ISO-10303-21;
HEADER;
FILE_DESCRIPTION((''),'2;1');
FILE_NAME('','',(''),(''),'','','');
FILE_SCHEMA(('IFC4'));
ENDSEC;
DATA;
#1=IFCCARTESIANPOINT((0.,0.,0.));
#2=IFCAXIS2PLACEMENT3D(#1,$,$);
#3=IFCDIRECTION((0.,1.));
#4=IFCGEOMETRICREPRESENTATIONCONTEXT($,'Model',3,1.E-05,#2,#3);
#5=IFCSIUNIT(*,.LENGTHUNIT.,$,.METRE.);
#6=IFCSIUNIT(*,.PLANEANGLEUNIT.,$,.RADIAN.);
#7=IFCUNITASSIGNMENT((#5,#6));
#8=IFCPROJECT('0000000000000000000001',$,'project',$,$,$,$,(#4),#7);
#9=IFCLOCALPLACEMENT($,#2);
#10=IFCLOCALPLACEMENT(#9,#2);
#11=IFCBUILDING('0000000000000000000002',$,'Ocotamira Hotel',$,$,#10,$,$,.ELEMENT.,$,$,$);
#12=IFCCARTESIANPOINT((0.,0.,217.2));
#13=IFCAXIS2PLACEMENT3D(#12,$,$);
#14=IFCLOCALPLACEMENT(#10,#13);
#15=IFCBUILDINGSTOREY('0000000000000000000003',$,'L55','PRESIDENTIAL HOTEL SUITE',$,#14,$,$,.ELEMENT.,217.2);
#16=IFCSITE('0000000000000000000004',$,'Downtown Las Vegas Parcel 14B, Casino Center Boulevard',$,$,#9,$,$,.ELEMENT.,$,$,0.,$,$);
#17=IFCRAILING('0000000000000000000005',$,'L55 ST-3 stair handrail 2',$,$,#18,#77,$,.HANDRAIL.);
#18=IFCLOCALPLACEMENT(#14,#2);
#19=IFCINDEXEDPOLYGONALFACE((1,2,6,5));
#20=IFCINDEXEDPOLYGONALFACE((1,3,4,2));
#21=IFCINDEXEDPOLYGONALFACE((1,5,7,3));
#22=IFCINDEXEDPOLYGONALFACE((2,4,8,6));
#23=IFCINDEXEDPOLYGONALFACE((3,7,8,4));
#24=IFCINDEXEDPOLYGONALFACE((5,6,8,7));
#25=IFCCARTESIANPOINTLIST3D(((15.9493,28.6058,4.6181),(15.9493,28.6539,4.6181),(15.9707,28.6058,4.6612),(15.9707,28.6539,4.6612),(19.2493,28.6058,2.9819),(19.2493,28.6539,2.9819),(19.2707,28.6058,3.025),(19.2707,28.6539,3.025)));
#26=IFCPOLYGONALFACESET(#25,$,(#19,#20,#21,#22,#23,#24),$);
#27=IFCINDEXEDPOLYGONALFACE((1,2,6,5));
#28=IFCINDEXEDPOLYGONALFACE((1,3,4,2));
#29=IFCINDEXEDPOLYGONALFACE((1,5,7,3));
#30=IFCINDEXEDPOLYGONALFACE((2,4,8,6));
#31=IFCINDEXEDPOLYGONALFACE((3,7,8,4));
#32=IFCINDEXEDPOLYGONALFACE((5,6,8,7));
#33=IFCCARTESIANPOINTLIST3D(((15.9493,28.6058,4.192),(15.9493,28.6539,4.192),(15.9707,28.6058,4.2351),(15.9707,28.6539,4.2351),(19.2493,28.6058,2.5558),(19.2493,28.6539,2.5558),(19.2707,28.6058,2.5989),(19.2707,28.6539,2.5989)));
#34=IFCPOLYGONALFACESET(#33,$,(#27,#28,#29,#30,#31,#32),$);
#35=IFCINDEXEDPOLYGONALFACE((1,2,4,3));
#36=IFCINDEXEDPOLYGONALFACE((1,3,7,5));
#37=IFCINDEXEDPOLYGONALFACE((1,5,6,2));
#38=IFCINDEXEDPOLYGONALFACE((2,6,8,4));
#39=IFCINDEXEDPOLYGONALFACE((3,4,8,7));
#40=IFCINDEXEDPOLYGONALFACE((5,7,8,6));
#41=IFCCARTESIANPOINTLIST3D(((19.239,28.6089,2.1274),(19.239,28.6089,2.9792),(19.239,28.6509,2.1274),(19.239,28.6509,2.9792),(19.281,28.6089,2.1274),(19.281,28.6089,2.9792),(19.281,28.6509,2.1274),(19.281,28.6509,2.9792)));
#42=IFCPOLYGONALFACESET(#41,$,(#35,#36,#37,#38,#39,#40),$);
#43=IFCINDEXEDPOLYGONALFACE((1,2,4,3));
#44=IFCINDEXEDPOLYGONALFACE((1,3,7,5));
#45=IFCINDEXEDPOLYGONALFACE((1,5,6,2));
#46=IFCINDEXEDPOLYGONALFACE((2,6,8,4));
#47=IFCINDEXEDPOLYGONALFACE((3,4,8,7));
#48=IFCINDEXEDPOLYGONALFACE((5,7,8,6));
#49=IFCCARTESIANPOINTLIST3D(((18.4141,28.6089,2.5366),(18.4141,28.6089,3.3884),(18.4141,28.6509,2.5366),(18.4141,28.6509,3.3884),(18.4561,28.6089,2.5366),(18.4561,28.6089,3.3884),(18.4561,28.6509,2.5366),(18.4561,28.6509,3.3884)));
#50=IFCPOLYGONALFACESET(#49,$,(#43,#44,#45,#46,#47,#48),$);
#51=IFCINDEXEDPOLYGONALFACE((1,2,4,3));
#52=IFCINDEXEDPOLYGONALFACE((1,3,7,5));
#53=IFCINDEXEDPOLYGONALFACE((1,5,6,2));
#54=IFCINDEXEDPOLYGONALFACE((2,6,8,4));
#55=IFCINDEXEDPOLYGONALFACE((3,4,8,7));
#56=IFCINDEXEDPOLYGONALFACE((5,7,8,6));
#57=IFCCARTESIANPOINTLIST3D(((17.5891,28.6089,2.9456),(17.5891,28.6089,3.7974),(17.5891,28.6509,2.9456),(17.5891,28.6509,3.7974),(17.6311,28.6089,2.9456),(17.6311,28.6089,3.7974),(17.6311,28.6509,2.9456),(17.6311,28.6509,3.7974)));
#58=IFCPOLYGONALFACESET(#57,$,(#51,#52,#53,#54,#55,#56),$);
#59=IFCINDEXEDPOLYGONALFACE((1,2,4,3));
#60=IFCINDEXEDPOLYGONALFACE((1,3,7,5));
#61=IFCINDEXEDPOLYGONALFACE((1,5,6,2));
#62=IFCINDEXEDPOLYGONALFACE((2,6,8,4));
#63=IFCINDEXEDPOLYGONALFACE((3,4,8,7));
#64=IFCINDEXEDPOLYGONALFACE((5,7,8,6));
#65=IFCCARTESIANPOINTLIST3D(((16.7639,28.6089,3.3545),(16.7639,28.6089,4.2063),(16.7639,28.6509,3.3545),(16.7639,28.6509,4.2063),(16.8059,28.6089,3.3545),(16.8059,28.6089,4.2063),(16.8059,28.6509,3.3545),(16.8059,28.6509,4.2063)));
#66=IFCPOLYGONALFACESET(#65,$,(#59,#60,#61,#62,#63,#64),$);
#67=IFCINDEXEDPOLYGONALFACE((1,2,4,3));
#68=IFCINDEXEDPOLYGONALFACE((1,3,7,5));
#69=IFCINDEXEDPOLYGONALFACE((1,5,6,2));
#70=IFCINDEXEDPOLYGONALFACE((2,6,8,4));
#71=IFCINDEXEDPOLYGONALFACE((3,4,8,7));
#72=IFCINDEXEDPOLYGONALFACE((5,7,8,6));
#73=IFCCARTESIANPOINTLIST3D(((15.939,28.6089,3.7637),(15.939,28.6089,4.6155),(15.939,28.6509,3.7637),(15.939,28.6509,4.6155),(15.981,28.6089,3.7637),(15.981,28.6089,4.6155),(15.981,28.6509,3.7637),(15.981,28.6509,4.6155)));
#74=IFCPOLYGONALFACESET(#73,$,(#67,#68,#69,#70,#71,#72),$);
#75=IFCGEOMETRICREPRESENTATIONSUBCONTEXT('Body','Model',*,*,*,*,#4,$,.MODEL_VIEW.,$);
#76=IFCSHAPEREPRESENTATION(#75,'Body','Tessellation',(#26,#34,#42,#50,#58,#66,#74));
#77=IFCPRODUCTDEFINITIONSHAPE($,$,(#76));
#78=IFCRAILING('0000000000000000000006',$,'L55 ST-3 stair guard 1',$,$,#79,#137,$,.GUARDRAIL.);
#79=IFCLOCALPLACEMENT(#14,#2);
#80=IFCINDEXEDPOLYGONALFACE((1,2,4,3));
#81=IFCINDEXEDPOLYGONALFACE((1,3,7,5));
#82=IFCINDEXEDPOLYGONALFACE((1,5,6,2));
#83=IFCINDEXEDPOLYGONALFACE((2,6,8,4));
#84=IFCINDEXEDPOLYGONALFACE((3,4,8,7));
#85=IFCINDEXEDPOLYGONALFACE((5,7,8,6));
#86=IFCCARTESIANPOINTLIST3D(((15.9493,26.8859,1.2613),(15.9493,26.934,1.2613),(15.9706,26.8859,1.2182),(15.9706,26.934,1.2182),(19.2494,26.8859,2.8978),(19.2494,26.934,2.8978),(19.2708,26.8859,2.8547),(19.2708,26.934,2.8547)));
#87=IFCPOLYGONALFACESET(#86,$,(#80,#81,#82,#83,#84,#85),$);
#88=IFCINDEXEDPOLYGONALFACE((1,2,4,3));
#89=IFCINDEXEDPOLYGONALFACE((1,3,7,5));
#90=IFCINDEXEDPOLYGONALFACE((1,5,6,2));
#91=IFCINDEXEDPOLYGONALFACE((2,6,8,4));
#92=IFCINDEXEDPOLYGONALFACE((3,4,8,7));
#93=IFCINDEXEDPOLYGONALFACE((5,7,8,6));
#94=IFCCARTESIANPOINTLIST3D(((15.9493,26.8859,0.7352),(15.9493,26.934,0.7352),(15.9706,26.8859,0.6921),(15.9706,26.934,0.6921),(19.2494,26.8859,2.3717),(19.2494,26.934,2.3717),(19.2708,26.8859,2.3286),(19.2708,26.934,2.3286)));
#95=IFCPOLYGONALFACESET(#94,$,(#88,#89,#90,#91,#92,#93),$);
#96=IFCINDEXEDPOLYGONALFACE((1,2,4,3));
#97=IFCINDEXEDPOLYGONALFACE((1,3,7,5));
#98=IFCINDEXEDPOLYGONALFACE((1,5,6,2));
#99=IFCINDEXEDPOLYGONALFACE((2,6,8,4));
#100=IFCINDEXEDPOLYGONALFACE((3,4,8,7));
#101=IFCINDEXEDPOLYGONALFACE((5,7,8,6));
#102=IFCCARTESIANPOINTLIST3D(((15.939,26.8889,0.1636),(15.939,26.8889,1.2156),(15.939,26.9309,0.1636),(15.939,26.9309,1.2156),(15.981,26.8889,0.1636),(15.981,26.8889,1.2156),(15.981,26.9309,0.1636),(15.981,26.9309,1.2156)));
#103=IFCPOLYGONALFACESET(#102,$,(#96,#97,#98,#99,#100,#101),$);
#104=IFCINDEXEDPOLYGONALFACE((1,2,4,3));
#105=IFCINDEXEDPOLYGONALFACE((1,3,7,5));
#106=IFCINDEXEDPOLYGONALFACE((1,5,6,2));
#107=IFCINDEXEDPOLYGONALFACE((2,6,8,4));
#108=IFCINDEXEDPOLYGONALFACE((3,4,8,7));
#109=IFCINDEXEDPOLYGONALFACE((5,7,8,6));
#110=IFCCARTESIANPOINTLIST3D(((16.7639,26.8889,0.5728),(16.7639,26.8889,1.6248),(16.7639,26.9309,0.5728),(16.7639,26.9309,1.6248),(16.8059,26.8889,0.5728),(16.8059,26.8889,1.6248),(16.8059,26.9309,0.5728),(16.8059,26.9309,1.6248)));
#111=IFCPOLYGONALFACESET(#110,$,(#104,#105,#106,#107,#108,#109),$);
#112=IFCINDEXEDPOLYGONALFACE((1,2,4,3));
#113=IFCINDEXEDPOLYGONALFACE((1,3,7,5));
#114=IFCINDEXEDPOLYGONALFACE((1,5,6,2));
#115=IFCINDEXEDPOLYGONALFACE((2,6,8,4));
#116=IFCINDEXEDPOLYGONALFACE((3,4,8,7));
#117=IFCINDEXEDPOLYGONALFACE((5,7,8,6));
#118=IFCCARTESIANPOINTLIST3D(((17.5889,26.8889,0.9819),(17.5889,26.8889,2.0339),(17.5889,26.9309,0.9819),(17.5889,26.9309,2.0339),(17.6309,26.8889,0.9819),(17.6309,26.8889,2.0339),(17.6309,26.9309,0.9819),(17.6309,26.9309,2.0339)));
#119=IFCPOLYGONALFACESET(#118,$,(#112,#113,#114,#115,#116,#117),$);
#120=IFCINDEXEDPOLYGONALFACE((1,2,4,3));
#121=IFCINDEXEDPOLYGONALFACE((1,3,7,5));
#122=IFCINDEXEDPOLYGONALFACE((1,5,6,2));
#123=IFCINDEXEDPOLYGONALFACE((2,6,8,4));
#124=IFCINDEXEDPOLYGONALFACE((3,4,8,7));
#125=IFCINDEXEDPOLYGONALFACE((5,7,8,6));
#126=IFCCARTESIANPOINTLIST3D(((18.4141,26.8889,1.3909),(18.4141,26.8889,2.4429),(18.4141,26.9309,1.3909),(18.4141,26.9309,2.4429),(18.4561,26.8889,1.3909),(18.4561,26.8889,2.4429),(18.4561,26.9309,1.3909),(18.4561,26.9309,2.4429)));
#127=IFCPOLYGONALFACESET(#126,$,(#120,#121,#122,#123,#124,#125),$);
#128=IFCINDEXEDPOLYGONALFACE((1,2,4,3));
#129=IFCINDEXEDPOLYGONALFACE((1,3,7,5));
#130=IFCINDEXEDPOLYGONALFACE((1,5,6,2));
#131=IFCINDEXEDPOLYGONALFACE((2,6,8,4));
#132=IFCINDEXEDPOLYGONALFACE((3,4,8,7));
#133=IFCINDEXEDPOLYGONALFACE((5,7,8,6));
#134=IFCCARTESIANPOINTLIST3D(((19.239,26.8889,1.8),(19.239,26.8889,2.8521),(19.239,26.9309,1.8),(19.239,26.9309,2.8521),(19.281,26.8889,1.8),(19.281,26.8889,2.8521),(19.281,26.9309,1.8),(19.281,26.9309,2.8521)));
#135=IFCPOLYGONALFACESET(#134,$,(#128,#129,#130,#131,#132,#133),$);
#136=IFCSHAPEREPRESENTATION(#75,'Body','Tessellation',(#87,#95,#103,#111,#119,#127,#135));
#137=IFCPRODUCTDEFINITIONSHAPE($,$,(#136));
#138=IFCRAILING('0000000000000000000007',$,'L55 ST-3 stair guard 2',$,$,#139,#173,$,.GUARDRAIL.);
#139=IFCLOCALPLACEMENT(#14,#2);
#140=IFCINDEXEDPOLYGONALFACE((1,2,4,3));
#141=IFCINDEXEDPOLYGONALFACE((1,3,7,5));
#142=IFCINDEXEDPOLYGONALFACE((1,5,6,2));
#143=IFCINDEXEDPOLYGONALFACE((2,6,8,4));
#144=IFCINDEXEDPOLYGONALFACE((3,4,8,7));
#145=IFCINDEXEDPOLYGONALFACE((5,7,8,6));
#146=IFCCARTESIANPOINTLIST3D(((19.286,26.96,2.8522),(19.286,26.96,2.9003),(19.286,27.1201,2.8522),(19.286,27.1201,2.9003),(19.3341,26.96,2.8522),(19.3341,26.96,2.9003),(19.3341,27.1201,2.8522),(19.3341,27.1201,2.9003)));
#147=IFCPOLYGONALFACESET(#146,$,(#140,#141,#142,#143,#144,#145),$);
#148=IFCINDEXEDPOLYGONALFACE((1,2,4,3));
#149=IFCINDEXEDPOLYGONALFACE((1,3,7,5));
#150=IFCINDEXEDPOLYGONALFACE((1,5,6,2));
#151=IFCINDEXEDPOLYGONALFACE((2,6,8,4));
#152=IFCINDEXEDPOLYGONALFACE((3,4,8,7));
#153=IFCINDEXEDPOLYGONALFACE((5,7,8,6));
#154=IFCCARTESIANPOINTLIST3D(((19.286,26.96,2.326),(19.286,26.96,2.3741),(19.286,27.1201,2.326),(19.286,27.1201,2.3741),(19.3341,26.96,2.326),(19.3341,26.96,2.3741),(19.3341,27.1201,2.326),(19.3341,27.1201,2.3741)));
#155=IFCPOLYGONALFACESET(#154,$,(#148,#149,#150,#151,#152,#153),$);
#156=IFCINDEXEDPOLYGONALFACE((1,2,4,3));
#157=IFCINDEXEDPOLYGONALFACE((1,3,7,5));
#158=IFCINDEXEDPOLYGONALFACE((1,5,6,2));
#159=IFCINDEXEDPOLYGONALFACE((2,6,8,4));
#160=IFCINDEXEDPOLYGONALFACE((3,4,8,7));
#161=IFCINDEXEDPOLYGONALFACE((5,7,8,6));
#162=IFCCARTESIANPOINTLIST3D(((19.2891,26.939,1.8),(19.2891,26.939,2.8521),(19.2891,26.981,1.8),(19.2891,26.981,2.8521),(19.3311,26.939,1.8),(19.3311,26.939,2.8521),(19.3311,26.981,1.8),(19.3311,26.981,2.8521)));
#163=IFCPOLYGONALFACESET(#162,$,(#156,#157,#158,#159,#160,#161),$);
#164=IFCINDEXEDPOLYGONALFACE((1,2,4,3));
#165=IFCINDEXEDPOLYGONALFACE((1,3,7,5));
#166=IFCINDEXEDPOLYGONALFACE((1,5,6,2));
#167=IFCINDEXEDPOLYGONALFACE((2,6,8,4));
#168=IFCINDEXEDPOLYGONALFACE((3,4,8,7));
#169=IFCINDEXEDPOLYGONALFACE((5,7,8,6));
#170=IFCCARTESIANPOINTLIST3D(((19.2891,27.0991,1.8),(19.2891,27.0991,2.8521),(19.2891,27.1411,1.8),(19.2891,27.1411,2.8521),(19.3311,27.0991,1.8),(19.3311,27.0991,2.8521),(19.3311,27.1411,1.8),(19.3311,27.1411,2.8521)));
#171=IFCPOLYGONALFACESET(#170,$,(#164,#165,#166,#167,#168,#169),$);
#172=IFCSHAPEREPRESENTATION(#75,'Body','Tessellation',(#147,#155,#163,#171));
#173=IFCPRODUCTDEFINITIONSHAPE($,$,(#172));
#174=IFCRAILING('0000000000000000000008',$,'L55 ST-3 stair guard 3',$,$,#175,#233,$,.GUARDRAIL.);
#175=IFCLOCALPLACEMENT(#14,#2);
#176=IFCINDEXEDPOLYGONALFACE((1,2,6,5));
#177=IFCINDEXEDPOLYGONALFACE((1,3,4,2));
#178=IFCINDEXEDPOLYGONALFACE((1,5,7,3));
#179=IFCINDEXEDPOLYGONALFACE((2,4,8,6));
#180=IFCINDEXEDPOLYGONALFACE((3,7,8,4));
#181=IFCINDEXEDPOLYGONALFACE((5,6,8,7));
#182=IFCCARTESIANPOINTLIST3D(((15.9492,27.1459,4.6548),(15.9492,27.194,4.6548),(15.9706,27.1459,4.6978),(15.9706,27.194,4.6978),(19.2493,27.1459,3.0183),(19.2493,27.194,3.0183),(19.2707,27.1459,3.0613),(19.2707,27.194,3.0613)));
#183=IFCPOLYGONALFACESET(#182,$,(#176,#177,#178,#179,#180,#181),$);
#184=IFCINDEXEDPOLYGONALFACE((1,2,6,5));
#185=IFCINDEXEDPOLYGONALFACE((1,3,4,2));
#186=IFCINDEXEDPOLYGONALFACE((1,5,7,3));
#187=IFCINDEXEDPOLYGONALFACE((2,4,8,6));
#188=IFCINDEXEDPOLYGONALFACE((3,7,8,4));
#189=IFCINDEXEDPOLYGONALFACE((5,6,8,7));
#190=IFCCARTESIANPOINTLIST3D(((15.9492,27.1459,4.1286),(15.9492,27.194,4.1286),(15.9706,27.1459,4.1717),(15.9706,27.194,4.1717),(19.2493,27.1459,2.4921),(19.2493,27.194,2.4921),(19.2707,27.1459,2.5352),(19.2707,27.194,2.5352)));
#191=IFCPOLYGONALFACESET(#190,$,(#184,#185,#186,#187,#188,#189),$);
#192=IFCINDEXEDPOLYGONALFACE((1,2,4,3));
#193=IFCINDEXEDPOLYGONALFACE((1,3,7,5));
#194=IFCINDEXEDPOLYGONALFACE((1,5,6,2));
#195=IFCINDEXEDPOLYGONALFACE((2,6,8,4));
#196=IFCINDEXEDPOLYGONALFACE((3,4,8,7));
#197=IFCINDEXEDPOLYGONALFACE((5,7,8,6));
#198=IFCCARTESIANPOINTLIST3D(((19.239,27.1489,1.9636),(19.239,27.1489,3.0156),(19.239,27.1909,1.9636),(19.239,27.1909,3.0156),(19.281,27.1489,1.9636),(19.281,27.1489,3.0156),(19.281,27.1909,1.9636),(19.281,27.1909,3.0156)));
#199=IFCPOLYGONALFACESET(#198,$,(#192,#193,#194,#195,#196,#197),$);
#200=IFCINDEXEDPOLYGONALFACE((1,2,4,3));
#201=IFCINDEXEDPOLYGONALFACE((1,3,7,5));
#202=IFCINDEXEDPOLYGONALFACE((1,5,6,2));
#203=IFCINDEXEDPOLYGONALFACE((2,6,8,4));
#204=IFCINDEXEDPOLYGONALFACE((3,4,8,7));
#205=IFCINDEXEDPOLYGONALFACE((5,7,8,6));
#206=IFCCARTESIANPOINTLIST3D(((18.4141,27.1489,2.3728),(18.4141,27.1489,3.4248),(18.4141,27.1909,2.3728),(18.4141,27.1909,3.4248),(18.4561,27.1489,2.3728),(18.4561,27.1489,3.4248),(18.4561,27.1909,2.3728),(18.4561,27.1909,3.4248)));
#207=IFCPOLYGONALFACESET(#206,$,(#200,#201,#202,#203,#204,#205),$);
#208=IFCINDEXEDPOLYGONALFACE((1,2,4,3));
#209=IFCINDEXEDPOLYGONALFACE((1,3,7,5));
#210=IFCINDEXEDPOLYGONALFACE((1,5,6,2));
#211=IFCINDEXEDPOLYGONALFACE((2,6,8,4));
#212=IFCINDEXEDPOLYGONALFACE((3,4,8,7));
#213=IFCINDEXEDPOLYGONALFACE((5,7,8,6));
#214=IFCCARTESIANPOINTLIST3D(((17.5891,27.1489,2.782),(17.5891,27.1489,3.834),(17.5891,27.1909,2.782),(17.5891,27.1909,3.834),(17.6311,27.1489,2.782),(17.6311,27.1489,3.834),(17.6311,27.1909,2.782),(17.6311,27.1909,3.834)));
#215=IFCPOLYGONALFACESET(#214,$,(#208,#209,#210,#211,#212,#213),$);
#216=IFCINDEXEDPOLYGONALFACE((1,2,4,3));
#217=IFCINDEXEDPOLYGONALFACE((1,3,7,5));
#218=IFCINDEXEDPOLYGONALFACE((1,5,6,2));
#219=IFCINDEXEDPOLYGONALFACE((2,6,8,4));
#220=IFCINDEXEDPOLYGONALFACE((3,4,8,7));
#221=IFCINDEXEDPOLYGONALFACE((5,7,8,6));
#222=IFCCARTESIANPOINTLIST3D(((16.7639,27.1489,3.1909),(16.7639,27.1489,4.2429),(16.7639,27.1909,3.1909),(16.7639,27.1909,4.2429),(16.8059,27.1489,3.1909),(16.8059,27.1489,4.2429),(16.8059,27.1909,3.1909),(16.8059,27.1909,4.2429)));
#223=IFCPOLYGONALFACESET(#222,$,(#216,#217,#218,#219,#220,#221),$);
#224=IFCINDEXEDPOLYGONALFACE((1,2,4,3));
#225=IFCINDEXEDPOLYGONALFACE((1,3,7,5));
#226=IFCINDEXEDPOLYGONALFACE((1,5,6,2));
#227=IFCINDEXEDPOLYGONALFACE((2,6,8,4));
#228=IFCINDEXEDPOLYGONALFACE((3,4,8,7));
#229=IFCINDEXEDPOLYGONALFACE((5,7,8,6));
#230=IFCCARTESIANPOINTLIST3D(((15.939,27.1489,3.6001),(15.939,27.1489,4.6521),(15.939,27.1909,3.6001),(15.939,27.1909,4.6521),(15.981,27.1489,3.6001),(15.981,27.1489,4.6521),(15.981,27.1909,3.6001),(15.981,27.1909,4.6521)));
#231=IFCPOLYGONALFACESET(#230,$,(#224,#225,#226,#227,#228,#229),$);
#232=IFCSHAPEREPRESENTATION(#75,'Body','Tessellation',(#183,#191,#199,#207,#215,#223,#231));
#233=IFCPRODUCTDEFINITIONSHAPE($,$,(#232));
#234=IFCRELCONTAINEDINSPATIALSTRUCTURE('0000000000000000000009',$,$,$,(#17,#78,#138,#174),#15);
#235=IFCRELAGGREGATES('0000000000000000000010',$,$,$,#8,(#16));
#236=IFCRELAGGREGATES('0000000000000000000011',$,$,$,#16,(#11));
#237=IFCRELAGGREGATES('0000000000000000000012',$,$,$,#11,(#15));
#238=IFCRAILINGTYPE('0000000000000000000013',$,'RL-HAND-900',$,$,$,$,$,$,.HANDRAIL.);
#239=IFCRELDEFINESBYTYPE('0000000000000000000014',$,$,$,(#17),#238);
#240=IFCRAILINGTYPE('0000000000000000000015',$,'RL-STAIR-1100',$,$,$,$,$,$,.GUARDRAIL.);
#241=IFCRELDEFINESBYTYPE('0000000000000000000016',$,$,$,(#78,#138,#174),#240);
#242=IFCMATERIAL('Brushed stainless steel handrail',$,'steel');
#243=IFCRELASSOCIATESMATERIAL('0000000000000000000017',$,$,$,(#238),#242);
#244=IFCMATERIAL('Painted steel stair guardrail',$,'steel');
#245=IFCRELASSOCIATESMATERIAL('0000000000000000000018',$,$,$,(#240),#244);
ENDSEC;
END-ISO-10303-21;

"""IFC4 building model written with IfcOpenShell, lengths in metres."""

from ifc_helpers import new_model, si_unit, direction, frame, origin, origin_2d, place, context, subcontext, project, spatial, rectangle, extrude, material, type_object, element, save


model = new_model("IFC4")

# Units and contexts
model_context = context("Model", 3, precision=1e-05, world=origin(), true_north=direction((0.0, 1.0)))
body_context = subcontext(model_context, "Body", "Model", "MODEL_VIEW")
ifc_project = project(units=[si_unit("LENGTHUNIT", "METRE"), si_unit("PLANEANGLEUNIT", "RADIAN")], contexts=[model_context])

# Site, building, storey
site_placement = place(None, origin())
site = spatial("IfcSite", under=ifc_project, at=site_placement, Name="Downtown Las Vegas Parcel 14B, Casino Center Boulevard", CompositionType="ELEMENT", RefElevation=0.0)
building_placement = place(site_placement, origin())
building = spatial("IfcBuilding", under=site, at=building_placement, Name="Ocotamira Hotel", CompositionType="ELEMENT")
storey_placement = place(building_placement, frame((0.0, 0.0, 217.2)))
storey = spatial("IfcBuildingStorey", under=building, at=storey_placement, Name="L55", Description="PRESIDENTIAL HOTEL SUITE", CompositionType="ELEMENT", Elevation=217.2)

# Railings
ifc_material_1 = material(Name="Brushed stainless steel handrail", Category="steel")
railing_type_1 = type_object("IfcRailingType", Name="RL-HAND-900", PredefinedType="HANDRAIL", material=ifc_material_1)
railing_1_placement = place(storey_placement, frame((19.26, 28.6299, 2.1274)))
element("IfcRailing", 1, at=railing_1_placement, inside=storey, type_object=railing_type_1, Name="L55 ST-3 stair handrail 2", PredefinedType="HANDRAIL", context=body_context, shape_type="SweptSolid", body=[
    extrude(rectangle(XDim=0.0481, YDim=0.0481, at=origin_2d()), frame((0.0, 0.0, 0.876), z_axis=(-0.89592, 0.0, 0.444215), x_axis=(0.0, -1.0, 0.0)), (0.0, 0.0, 1.0), 3.6833),
    extrude(rectangle(XDim=0.0481, YDim=0.0481, at=origin_2d()), frame((0.0, 0.0, 0.45), z_axis=(-0.89592, 0.0, 0.444215), x_axis=(0.0, -1.0, 0.0)), (0.0, 0.0, 1.0), 3.6833),
    extrude(rectangle(XDim=0.042, YDim=0.042, at=origin_2d()), origin(), (0.0, 0.0, 1.0), 0.8518),
    extrude(rectangle(XDim=0.042, YDim=0.042, at=origin_2d()), frame((-0.825, 0.0, 0.4092)), (0.0, 0.0, 1.0), 0.8518),
    extrude(rectangle(XDim=0.042, YDim=0.042, at=origin_2d()), frame((-1.6499, 0.0, 0.8181)), (0.0, 0.0, 1.0), 0.8518),
    extrude(rectangle(XDim=0.042, YDim=0.042, at=origin_2d()), frame((-2.4751, 0.0, 1.2271)), (0.0, 0.0, 1.0), 0.8518),
    extrude(rectangle(XDim=0.042, YDim=0.042, at=origin_2d()), frame((-3.3, 0.0, 1.6362)), (0.0, 0.0, 1.0), 0.8518),
])
ifc_material_2 = material(Name="Painted steel stair guardrail", Category="steel")
railing_type_2 = type_object("IfcRailingType", Name="RL-STAIR-1100", PredefinedType="GUARDRAIL", material=ifc_material_2)
railing_2_placement = place(storey_placement, frame((15.96, 26.9099, 0.1636)))
element("IfcRailing", 2, at=railing_2_placement, inside=storey, type_object=railing_type_2, Name="L55 ST-3 stair guard 1", PredefinedType="GUARDRAIL", context=body_context, shape_type="SweptSolid", body=[
    extrude(rectangle(XDim=0.0481, YDim=0.0481, at=origin_2d()), frame((0.0, 0.0, 1.0762), z_axis=(0.895894, 0.0, 0.444268), x_axis=(0.0, 1.0, 0.0)), (0.0, 0.0, 1.0), 3.6836),
    extrude(rectangle(XDim=0.0481, YDim=0.0481, at=origin_2d()), frame((0.0, 0.0, 0.55), z_axis=(0.895894, 0.0, 0.444268), x_axis=(0.0, 1.0, 0.0)), (0.0, 0.0, 1.0), 3.6836),
    extrude(rectangle(XDim=0.042, YDim=0.042, at=origin_2d()), origin(), (0.0, 0.0, 1.0), 1.052),
    extrude(rectangle(XDim=0.042, YDim=0.042, at=origin_2d()), frame((0.825, 0.0, 0.4092)), (0.0, 0.0, 1.0), 1.052),
    extrude(rectangle(XDim=0.042, YDim=0.042, at=origin_2d()), frame((1.6499, 0.0, 0.8184)), (0.0, 0.0, 1.0), 1.052),
    extrude(rectangle(XDim=0.042, YDim=0.042, at=origin_2d()), frame((2.4751, 0.0, 1.2273)), (0.0, 0.0, 1.0), 1.052),
    extrude(rectangle(XDim=0.042, YDim=0.042, at=origin_2d()), frame((3.3, 0.0, 1.6365)), (0.0, 0.0, 1.0), 1.052),
])
railing_3_placement = place(storey_placement, frame((19.3101, 26.96, 1.8)))
element("IfcRailing", 3, at=railing_3_placement, inside=storey, type_object=railing_type_2, Name="L55 ST-3 stair guard 2", PredefinedType="GUARDRAIL", context=body_context, shape_type="SweptSolid", body=[
    extrude(rectangle(XDim=0.0481, YDim=0.0481, at=origin_2d()), frame((0.0, 0.0, 1.0762), z_axis=(0.0, 1.0, 0.0), x_axis=(-1.0, 0.0, 0.0)), (0.0, 0.0, 1.0), 0.1602),
    extrude(rectangle(XDim=0.0481, YDim=0.0481, at=origin_2d()), frame((0.0, 0.0, 0.55), z_axis=(0.0, 1.0, 0.0), x_axis=(-1.0, 0.0, 0.0)), (0.0, 0.0, 1.0), 0.1602),
    extrude(rectangle(XDim=0.042, YDim=0.042, at=origin_2d()), origin(), (0.0, 0.0, 1.0), 1.052),
    extrude(rectangle(XDim=0.042, YDim=0.042, at=origin_2d()), frame((0.0, 0.1602, 0.0)), (0.0, 0.0, 1.0), 1.052),
])
railing_4_placement = place(storey_placement, frame((19.26, 27.1699, 1.9636)))
element("IfcRailing", 4, at=railing_4_placement, inside=storey, type_object=railing_type_2, Name="L55 ST-3 stair guard 3", PredefinedType="GUARDRAIL", context=body_context, shape_type="SweptSolid", body=[
    extrude(rectangle(XDim=0.0481, YDim=0.0481, at=origin_2d()), frame((0.0, 0.0, 1.0762), z_axis=(-0.895894, 0.0, 0.444268), x_axis=(0.0, -1.0, 0.0)), (0.0, 0.0, 1.0), 3.6836),
    extrude(rectangle(XDim=0.0481, YDim=0.0481, at=origin_2d()), frame((0.0, 0.0, 0.55), z_axis=(-0.895894, 0.0, 0.444268), x_axis=(0.0, -1.0, 0.0)), (0.0, 0.0, 1.0), 3.6836),
    extrude(rectangle(XDim=0.042, YDim=0.042, at=origin_2d()), origin(), (0.0, 0.0, 1.0), 1.052),
    extrude(rectangle(XDim=0.042, YDim=0.042, at=origin_2d()), frame((-0.825, 0.0, 0.4092)), (0.0, 0.0, 1.0), 1.052),
    extrude(rectangle(XDim=0.042, YDim=0.042, at=origin_2d()), frame((-1.6499, 0.0, 0.8184)), (0.0, 0.0, 1.0), 1.052),
    extrude(rectangle(XDim=0.042, YDim=0.042, at=origin_2d()), frame((-2.4751, 0.0, 1.2273)), (0.0, 0.0, 1.0), 1.052),
    extrude(rectangle(XDim=0.042, YDim=0.042, at=origin_2d()), frame((-3.3, 0.0, 1.6365)), (0.0, 0.0, 1.0), 1.052),
])

save(model, "model.ifc")
